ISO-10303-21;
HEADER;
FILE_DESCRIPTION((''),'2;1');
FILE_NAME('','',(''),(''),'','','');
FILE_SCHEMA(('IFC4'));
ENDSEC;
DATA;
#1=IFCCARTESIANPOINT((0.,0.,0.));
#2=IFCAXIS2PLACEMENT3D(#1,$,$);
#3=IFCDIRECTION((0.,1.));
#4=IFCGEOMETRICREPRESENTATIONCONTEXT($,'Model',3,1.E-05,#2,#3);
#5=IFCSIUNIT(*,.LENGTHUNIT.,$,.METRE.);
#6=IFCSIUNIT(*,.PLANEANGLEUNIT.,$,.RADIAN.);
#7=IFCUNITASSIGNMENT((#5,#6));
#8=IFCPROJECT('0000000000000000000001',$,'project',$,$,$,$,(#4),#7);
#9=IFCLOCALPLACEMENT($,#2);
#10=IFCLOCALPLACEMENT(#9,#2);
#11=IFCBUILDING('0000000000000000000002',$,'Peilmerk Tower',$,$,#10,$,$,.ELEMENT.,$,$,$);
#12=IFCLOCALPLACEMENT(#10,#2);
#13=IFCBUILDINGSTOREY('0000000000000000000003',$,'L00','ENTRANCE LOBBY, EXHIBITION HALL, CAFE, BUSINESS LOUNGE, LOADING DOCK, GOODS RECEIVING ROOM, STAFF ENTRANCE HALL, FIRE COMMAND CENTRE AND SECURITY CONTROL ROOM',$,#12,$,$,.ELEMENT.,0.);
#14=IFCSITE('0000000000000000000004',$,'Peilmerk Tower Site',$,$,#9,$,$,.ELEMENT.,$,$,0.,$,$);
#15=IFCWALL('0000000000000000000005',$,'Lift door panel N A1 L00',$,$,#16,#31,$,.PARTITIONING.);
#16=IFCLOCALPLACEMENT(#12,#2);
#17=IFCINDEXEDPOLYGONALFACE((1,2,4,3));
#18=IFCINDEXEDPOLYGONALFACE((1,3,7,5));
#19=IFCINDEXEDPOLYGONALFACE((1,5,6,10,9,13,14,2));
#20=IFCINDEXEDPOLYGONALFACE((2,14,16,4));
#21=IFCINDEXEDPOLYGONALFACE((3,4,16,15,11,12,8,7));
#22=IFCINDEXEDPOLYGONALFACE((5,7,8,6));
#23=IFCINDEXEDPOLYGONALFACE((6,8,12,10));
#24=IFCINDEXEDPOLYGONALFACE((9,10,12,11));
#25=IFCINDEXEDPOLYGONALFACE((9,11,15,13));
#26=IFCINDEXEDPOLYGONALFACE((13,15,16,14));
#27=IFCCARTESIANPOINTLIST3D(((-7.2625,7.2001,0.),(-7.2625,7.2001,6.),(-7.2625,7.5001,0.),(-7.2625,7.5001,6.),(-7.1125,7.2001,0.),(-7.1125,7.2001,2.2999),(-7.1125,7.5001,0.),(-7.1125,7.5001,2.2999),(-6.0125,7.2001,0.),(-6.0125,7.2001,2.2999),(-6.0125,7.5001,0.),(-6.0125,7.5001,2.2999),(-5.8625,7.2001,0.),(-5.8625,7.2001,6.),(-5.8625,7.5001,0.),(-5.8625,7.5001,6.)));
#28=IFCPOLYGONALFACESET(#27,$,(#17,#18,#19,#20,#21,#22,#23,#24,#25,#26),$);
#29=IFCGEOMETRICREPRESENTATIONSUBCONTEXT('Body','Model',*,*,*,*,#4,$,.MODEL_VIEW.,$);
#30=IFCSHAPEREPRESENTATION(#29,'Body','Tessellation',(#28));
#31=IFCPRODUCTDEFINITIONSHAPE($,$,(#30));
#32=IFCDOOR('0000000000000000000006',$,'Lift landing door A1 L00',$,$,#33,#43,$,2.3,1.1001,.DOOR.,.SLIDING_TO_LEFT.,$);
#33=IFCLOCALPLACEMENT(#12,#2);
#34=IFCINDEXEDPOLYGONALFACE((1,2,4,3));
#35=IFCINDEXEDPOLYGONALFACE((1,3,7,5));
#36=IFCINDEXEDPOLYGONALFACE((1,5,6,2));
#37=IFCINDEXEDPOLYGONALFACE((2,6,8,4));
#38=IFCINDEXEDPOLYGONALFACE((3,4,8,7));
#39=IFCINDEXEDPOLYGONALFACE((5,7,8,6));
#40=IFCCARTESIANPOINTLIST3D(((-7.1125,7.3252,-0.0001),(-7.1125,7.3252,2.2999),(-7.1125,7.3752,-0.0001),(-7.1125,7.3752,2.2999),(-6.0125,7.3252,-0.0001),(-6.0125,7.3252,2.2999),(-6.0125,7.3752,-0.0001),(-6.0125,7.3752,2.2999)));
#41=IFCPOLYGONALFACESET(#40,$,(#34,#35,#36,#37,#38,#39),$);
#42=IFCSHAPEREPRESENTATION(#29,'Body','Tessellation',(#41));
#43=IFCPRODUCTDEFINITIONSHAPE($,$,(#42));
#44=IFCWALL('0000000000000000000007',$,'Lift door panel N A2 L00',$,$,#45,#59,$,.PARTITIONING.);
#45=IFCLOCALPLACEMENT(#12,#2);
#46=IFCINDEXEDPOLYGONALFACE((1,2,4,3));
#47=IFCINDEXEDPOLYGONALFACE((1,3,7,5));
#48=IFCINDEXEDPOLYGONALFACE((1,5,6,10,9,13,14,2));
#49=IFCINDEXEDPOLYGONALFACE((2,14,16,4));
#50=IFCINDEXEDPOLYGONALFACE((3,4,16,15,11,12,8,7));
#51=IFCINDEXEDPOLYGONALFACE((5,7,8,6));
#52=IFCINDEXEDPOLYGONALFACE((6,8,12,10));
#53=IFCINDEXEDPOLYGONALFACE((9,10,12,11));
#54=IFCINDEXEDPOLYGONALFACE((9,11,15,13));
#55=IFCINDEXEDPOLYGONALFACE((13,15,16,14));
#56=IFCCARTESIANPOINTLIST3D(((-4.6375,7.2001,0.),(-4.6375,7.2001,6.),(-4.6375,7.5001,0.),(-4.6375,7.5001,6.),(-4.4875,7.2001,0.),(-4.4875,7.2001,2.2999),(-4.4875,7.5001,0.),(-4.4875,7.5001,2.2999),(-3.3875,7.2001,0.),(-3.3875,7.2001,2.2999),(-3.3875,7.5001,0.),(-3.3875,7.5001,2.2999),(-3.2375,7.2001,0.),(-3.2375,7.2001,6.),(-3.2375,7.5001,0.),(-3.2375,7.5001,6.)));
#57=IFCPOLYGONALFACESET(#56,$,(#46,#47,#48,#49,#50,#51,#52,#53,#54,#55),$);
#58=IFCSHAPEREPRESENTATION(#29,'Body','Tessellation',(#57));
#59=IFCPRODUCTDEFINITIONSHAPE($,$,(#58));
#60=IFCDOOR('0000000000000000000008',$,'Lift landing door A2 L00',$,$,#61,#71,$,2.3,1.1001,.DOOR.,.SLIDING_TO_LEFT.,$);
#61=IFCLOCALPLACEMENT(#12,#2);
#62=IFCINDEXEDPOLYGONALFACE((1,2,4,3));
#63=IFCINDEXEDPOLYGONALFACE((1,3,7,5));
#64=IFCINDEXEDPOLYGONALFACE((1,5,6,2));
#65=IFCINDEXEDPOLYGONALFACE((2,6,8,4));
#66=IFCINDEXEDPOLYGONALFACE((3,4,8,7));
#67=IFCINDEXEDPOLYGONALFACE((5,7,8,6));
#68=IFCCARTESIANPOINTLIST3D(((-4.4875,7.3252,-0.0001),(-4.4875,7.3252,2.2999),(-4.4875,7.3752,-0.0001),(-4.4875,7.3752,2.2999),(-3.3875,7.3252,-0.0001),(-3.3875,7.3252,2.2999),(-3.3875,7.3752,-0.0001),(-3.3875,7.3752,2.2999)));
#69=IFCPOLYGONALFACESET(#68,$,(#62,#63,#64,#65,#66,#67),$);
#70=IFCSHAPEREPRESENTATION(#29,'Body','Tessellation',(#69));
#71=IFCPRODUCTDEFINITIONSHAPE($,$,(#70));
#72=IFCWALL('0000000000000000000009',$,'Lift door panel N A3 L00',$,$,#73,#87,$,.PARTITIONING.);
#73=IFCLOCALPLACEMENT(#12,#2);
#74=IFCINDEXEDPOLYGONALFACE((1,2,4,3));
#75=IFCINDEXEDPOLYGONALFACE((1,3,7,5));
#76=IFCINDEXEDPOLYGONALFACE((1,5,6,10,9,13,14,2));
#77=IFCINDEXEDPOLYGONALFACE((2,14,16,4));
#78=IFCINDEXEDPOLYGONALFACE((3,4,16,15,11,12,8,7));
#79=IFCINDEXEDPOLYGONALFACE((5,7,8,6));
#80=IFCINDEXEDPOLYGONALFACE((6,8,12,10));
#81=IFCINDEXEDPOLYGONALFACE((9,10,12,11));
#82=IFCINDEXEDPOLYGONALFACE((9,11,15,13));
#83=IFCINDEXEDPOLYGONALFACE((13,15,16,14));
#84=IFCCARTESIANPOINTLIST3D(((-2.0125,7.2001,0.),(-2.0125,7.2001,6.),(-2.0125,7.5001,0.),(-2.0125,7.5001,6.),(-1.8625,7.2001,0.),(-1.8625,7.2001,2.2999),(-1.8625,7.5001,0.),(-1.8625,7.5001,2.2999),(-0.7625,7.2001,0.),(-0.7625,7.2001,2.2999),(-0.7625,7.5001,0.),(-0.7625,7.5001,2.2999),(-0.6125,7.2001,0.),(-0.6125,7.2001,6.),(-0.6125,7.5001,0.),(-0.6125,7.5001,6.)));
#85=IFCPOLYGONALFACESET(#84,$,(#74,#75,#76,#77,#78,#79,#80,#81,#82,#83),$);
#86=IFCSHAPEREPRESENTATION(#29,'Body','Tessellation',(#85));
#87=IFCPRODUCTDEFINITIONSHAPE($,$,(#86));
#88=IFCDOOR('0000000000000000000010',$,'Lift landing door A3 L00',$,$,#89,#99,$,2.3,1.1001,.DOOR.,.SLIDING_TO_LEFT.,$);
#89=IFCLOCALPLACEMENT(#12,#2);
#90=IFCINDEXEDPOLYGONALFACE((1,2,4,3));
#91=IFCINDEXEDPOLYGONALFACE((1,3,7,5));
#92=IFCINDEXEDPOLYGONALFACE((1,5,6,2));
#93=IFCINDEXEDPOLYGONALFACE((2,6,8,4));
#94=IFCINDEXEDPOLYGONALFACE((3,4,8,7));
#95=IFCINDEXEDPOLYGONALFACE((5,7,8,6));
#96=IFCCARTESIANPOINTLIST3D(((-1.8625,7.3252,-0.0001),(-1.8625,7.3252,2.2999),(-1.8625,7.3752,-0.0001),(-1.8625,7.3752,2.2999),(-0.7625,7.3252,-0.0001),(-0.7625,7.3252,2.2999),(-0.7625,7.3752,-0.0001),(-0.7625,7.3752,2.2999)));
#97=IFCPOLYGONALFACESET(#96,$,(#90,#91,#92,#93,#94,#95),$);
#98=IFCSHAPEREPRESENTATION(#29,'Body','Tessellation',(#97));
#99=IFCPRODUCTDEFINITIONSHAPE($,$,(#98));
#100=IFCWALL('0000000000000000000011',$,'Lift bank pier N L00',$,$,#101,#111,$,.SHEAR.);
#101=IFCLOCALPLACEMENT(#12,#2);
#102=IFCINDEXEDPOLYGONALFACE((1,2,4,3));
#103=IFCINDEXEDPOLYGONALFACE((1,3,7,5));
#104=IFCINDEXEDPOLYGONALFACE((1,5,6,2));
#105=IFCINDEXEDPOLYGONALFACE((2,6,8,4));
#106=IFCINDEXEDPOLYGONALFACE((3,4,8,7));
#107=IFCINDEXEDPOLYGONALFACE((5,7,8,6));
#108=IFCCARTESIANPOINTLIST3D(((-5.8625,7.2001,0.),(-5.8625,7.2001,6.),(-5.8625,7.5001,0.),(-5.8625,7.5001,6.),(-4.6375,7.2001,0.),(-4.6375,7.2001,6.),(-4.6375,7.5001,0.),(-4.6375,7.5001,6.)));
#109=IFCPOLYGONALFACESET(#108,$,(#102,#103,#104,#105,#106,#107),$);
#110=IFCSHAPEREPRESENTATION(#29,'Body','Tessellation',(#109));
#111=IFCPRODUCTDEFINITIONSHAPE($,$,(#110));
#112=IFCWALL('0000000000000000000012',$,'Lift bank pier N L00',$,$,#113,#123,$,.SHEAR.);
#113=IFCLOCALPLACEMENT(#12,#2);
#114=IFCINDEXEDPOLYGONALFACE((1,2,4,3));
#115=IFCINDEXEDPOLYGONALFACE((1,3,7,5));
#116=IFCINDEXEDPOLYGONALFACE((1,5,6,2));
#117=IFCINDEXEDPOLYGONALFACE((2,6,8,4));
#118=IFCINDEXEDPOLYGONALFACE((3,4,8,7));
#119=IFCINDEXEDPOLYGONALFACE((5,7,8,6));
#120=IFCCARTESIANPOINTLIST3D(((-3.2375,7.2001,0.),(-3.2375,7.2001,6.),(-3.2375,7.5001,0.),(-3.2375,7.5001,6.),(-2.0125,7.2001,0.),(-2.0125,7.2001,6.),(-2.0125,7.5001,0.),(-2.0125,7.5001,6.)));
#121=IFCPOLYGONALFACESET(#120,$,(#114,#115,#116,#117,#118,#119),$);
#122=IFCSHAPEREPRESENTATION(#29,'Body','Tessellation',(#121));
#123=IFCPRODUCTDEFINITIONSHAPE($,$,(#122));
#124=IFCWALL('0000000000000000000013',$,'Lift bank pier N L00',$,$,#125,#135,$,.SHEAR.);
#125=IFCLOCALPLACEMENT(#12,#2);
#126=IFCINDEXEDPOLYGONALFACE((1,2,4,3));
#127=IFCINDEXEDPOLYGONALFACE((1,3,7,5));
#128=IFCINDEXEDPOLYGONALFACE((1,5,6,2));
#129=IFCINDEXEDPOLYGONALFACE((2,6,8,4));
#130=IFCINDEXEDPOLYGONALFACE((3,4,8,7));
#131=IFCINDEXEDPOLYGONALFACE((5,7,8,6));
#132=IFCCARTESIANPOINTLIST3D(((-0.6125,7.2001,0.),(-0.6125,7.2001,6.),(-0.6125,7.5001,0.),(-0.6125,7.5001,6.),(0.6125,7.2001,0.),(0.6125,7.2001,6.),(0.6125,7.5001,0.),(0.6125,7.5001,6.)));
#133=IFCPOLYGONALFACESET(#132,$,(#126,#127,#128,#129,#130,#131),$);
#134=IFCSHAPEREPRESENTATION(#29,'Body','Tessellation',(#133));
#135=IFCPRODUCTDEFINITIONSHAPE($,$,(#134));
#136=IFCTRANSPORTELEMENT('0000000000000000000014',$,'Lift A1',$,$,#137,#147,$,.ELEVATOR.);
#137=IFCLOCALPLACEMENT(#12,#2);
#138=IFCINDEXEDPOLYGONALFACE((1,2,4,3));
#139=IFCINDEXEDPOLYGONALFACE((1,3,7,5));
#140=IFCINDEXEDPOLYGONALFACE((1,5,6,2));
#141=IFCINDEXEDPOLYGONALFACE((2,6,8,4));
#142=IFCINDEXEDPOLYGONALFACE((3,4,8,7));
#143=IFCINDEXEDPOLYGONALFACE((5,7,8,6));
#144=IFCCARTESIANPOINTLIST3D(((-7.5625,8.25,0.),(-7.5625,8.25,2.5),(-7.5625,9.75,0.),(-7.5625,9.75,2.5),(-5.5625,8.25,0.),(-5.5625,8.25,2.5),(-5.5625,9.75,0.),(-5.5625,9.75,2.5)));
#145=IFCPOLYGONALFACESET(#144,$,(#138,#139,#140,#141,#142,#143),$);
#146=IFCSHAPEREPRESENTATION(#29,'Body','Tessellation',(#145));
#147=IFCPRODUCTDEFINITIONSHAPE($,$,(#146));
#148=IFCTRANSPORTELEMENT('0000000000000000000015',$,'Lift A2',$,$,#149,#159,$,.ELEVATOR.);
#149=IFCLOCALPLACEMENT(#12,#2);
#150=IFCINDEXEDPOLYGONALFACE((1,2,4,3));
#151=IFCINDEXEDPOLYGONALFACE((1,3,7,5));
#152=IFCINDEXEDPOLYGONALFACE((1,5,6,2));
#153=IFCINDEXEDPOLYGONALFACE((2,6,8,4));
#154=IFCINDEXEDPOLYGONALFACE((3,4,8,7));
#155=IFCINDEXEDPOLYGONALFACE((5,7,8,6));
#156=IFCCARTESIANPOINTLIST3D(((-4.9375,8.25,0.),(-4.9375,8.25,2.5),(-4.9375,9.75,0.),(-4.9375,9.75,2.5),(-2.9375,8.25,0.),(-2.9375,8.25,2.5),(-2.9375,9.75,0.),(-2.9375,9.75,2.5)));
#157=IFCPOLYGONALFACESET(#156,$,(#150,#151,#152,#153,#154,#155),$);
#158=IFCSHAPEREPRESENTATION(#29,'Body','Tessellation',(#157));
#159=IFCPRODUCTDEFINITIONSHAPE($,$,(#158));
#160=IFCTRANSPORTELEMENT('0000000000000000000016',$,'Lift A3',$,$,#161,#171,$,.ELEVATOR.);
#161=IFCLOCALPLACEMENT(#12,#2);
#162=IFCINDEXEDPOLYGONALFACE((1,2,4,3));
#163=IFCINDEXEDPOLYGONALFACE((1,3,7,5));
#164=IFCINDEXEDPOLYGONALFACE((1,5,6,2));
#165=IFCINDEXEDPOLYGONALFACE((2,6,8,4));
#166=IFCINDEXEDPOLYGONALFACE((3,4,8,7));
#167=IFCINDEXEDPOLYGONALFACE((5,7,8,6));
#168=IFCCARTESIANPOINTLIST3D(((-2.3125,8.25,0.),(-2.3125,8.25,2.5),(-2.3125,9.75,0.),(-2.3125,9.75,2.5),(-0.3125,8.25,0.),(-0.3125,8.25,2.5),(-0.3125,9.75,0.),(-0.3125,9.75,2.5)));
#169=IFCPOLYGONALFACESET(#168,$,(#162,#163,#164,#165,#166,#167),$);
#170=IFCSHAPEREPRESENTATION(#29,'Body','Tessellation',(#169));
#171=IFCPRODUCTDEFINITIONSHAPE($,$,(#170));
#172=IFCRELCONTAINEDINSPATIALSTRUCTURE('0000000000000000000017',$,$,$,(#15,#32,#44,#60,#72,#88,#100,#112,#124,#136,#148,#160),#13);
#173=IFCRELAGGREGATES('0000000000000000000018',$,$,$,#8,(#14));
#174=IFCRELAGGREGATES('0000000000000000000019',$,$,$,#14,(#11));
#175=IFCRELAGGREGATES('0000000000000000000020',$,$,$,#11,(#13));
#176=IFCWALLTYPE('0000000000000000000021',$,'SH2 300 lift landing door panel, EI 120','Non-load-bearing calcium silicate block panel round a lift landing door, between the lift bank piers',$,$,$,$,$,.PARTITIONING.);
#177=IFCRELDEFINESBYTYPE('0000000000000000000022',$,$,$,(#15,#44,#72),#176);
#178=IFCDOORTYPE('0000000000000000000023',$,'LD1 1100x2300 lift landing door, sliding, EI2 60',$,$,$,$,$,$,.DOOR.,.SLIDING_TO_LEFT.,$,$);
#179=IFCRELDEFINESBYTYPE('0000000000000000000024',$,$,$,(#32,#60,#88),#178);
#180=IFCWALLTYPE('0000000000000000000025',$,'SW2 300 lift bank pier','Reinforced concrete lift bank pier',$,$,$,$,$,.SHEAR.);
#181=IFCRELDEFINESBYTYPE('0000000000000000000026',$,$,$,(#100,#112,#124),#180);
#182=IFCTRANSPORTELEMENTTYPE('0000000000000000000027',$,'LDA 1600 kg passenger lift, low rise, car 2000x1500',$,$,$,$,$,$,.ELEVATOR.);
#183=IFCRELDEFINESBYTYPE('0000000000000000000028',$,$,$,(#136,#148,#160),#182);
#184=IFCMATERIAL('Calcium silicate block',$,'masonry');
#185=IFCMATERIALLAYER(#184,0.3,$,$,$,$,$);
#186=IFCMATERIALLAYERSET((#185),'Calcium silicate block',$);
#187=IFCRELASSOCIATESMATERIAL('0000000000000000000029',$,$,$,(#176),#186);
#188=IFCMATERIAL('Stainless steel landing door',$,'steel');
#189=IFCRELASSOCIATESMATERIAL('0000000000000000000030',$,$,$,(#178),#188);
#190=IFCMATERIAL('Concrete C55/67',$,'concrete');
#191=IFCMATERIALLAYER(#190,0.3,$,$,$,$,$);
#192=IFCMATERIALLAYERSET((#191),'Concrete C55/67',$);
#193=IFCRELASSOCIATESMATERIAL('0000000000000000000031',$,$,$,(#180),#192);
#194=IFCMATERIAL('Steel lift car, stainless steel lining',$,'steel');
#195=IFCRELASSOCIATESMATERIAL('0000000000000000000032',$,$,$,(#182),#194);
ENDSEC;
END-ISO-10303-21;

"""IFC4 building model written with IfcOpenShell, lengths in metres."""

from ifc_helpers import new_model, si_unit, direction, frame, frame_2d, origin, origin_with_axes, origin_2d, place, context, subcontext, project, spatial, rectangle, extrude, material, layer, layer_set, type_object, element, fill, save


model = new_model("IFC4")

# Units and contexts
model_context = context("Model", 3, precision=1e-05, world=origin(), true_north=direction((0.0, 1.0)))
body_context = subcontext(model_context, "Body", "Model", "MODEL_VIEW")
ifc_project = project(units=[si_unit("LENGTHUNIT", "METRE"), si_unit("PLANEANGLEUNIT", "RADIAN")], contexts=[model_context])

# Site, building, storey
site_placement = place(None, origin())
site = spatial("IfcSite", under=ifc_project, at=site_placement, Name="Peilmerk Tower Site", CompositionType="ELEMENT", RefElevation=0.0)
building_placement = place(site_placement, origin())
building = spatial("IfcBuilding", under=site, at=building_placement, Name="Peilmerk Tower", CompositionType="ELEMENT")
storey_placement = place(building_placement, origin())
storey = spatial("IfcBuildingStorey", under=building, at=storey_placement, Name="L00", Description="ENTRANCE LOBBY, EXHIBITION HALL, CAFE, BUSINESS LOUNGE, LOADING DOCK, GOODS RECEIVING ROOM, STAFF ENTRANCE HALL, FIRE COMMAND CENTRE AND SECURITY CONTROL ROOM", CompositionType="ELEMENT", Elevation=0.0)

# Shared definitions
ifc_material_1 = material(Name="Concrete C55/67", Category="concrete")

# Shared definitions
ifc_material_2 = material(Name="Calcium silicate block", Category="masonry")

# Walls, openings, doors
ifc_layer_1 = layer(ifc_material_2, 0.3)
ifc_layer_set_1 = layer_set([ifc_layer_1], Name="Calcium silicate block")
wall_type_1 = type_object("IfcWallType", Name="SH2 300 lift landing door panel, EI 120", Description="Non-load-bearing calcium silicate block panel round a lift landing door, between the lift bank piers", PredefinedType="PARTITIONING", material=ifc_layer_set_1)
wall_1_placement = place(storey_placement, frame((-7.2625, 7.3501, 0.0), z_axis=(0.0, 0.0, 1.0), x_axis=(1.0, 0.0, 0.0)))
wall_1 = element("IfcWall", 1, at=wall_1_placement, inside=storey, type_object=wall_type_1, Name="Lift door panel N A1 L00", PredefinedType="PARTITIONING", context=body_context, shape_type="SweptSolid", body=[
    extrude(rectangle(XDim=1.3999, YDim=0.3, at=frame_2d((0.7, 0.0))), origin(), (0.0, 0.0, 1.0), 6.0),
])
opening_1_placement = place(wall_1_placement, frame((0.1499, 0.0, 0.0)))
opening_1 = element("IfcOpeningElement", 2, at=opening_1_placement, cuts=wall_1, PredefinedType="OPENING", context=body_context, shape_type="SweptSolid", body=[
    extrude(rectangle(XDim=1.1001, YDim=2.3, at=frame_2d((0.55, 1.1499))), frame((0.0, 0.1599, 0.0), z_axis=(0.0, -1.0, 0.0), x_axis=(1.0, 0.0, 0.0)), (0.0, 0.0, 1.0), 0.3201),
])
ifc_material_3 = material(Name="Stainless steel landing door", Category="steel")
door_type_1 = type_object("IfcDoorType", Name="LD1 1100x2300 lift landing door, sliding, EI2 60", OperationType="SLIDING_TO_LEFT", PredefinedType="DOOR", material=ifc_material_3)
door_1_placement = place(opening_1_placement, frame((1.1001, 0.0, 0.0), z_axis=(0.0, 0.0, 1.0), x_axis=(-1.0, 0.0, 0.0)))
door_1 = element("IfcDoor", 3, at=door_1_placement, inside=storey, type_object=door_type_1, Name="Lift landing door A1 L00", OperationType="SLIDING_TO_LEFT", OverallHeight=2.3, OverallWidth=1.1001, PredefinedType="DOOR", context=body_context, shape_type="SweptSolid", body=[
    extrude(rectangle(XDim=1.1001, YDim=2.3, at=frame_2d((0.55, 1.1499))), frame((0.0, 0.0249, 0.0), z_axis=(0.0, -1.0, 0.0), x_axis=(1.0, 0.0, 0.0)), (0.0, 0.0, 1.0), 0.05),
])
fill(opening_1, door_1)
wall_2_placement = place(storey_placement, frame((-4.6375, 7.3501, 0.0), z_axis=(0.0, 0.0, 1.0), x_axis=(1.0, 0.0, 0.0)))
wall_2 = element("IfcWall", 4, at=wall_2_placement, inside=storey, type_object=wall_type_1, Name="Lift door panel N A2 L00", PredefinedType="PARTITIONING", context=body_context, shape_type="SweptSolid", body=[
    extrude(rectangle(XDim=1.3999, YDim=0.3, at=frame_2d((0.7, 0.0))), origin(), (0.0, 0.0, 1.0), 6.0),
])
opening_2_placement = place(wall_2_placement, frame((0.1499, 0.0, 0.0)))
opening_2 = element("IfcOpeningElement", 5, at=opening_2_placement, cuts=wall_2, PredefinedType="OPENING", context=body_context, shape_type="SweptSolid", body=[
    extrude(rectangle(XDim=1.1001, YDim=2.3, at=frame_2d((0.55, 1.1499))), frame((0.0, 0.1599, 0.0), z_axis=(0.0, -1.0, 0.0), x_axis=(1.0, 0.0, 0.0)), (0.0, 0.0, 1.0), 0.3201),
])
door_2_placement = place(opening_2_placement, frame((1.1001, 0.0, 0.0), z_axis=(0.0, 0.0, 1.0), x_axis=(-1.0, 0.0, 0.0)))
door_2 = element("IfcDoor", 6, at=door_2_placement, inside=storey, type_object=door_type_1, Name="Lift landing door A2 L00", OperationType="SLIDING_TO_LEFT", OverallHeight=2.3, OverallWidth=1.1001, PredefinedType="DOOR", context=body_context, shape_type="SweptSolid", body=[
    extrude(rectangle(XDim=1.1001, YDim=2.3, at=frame_2d((0.55, 1.1499))), frame((0.0, 0.0249, 0.0), z_axis=(0.0, -1.0, 0.0), x_axis=(1.0, 0.0, 0.0)), (0.0, 0.0, 1.0), 0.05),
])
fill(opening_2, door_2)
wall_3_placement = place(storey_placement, frame((-2.0125, 7.3501, 0.0), z_axis=(0.0, 0.0, 1.0), x_axis=(1.0, 0.0, 0.0)))
wall_3 = element("IfcWall", 7, at=wall_3_placement, inside=storey, type_object=wall_type_1, Name="Lift door panel N A3 L00", PredefinedType="PARTITIONING", context=body_context, shape_type="SweptSolid", body=[
    extrude(rectangle(XDim=1.3999, YDim=0.3, at=frame_2d((0.7, 0.0))), origin(), (0.0, 0.0, 1.0), 6.0),
])
opening_3_placement = place(wall_3_placement, frame((0.1499, 0.0, 0.0)))
opening_3 = element("IfcOpeningElement", 8, at=opening_3_placement, cuts=wall_3, PredefinedType="OPENING", context=body_context, shape_type="SweptSolid", body=[
    extrude(rectangle(XDim=1.1001, YDim=2.3, at=frame_2d((0.55, 1.1499))), frame((0.0, 0.1599, 0.0), z_axis=(0.0, -1.0, 0.0), x_axis=(1.0, 0.0, 0.0)), (0.0, 0.0, 1.0), 0.3201),
])
door_3_placement = place(opening_3_placement, frame((1.1001, 0.0, 0.0), z_axis=(0.0, 0.0, 1.0), x_axis=(-1.0, 0.0, 0.0)))
door_3 = element("IfcDoor", 9, at=door_3_placement, inside=storey, type_object=door_type_1, Name="Lift landing door A3 L00", OperationType="SLIDING_TO_LEFT", OverallHeight=2.3, OverallWidth=1.1001, PredefinedType="DOOR", context=body_context, shape_type="SweptSolid", body=[
    extrude(rectangle(XDim=1.1001, YDim=2.3, at=frame_2d((0.55, 1.1499))), frame((0.0, 0.0249, 0.0), z_axis=(0.0, -1.0, 0.0), x_axis=(1.0, 0.0, 0.0)), (0.0, 0.0, 1.0), 0.05),
])
fill(opening_3, door_3)

# Walls
ifc_layer_2 = layer(ifc_material_1, 0.3)
ifc_layer_set_2 = layer_set([ifc_layer_2], Name="Concrete C55/67")
wall_type_2 = type_object("IfcWallType", Name="SW2 300 lift bank pier", Description="Reinforced concrete lift bank pier", PredefinedType="SHEAR", material=ifc_layer_set_2)
for number, where, z_axis, x_axis, name in (
    (10, (-5.8625, 7.3501, 0.0), (0.0, 0.0, 1.0), (1.0, 0.0, 0.0), "Lift bank pier N L00"),
    (11, (-3.2375, 7.3501, 0.0), (0.0, 0.0, 1.0), (1.0, 0.0, 0.0), "Lift bank pier N L00"),
    (12, (-0.6125, 7.3501, 0.0), (0.0, 0.0, 1.0), (1.0, 0.0, 0.0), "Lift bank pier N L00"),
):
    element("IfcWall", number, at=place(storey_placement, frame(where, z_axis=z_axis, x_axis=x_axis)), inside=storey, type_object=wall_type_2, Name=name, PredefinedType="SHEAR", context=body_context, shape_type="SweptSolid", body=[
        extrude(rectangle(XDim=1.2251, YDim=0.3, at=frame_2d((0.6125, 0.0))), origin(), (0.0, 0.0, 1.0), 6.0),
    ])

# Transport elements
ifc_material_4 = material(Name="Steel lift car, stainless steel lining", Category="steel")
transport_element_type = type_object("IfcTransportElementType", Name="LDA 1600 kg passenger lift, low rise, car 2000x1500", PredefinedType="ELEVATOR", material=ifc_material_4)
for number, where, z_axis, x_axis, name in (
    (13, (-6.5625, 9.0, 0.0), (0.0, 0.0, 1.0), (1.0, 0.0, 0.0), "Lift A1"),
    (14, (-3.9375, 9.0, 0.0), (0.0, 0.0, 1.0), (1.0, 0.0, 0.0), "Lift A2"),
    (15, (-1.3125, 9.0, 0.0), (0.0, 0.0, 1.0), (1.0, 0.0, 0.0), "Lift A3"),
):
    element("IfcTransportElement", number, at=place(storey_placement, frame(where, z_axis=z_axis, x_axis=x_axis)), inside=storey, type_object=transport_element_type, Name=name, PredefinedType="ELEVATOR", context=body_context, shape_type="SweptSolid", body=[
        extrude(rectangle(XDim=2.0, YDim=1.5, at=origin_2d()), origin_with_axes(), (0.0, 0.0, 1.0), 2.5),
    ])

save(model, "model.ifc")
